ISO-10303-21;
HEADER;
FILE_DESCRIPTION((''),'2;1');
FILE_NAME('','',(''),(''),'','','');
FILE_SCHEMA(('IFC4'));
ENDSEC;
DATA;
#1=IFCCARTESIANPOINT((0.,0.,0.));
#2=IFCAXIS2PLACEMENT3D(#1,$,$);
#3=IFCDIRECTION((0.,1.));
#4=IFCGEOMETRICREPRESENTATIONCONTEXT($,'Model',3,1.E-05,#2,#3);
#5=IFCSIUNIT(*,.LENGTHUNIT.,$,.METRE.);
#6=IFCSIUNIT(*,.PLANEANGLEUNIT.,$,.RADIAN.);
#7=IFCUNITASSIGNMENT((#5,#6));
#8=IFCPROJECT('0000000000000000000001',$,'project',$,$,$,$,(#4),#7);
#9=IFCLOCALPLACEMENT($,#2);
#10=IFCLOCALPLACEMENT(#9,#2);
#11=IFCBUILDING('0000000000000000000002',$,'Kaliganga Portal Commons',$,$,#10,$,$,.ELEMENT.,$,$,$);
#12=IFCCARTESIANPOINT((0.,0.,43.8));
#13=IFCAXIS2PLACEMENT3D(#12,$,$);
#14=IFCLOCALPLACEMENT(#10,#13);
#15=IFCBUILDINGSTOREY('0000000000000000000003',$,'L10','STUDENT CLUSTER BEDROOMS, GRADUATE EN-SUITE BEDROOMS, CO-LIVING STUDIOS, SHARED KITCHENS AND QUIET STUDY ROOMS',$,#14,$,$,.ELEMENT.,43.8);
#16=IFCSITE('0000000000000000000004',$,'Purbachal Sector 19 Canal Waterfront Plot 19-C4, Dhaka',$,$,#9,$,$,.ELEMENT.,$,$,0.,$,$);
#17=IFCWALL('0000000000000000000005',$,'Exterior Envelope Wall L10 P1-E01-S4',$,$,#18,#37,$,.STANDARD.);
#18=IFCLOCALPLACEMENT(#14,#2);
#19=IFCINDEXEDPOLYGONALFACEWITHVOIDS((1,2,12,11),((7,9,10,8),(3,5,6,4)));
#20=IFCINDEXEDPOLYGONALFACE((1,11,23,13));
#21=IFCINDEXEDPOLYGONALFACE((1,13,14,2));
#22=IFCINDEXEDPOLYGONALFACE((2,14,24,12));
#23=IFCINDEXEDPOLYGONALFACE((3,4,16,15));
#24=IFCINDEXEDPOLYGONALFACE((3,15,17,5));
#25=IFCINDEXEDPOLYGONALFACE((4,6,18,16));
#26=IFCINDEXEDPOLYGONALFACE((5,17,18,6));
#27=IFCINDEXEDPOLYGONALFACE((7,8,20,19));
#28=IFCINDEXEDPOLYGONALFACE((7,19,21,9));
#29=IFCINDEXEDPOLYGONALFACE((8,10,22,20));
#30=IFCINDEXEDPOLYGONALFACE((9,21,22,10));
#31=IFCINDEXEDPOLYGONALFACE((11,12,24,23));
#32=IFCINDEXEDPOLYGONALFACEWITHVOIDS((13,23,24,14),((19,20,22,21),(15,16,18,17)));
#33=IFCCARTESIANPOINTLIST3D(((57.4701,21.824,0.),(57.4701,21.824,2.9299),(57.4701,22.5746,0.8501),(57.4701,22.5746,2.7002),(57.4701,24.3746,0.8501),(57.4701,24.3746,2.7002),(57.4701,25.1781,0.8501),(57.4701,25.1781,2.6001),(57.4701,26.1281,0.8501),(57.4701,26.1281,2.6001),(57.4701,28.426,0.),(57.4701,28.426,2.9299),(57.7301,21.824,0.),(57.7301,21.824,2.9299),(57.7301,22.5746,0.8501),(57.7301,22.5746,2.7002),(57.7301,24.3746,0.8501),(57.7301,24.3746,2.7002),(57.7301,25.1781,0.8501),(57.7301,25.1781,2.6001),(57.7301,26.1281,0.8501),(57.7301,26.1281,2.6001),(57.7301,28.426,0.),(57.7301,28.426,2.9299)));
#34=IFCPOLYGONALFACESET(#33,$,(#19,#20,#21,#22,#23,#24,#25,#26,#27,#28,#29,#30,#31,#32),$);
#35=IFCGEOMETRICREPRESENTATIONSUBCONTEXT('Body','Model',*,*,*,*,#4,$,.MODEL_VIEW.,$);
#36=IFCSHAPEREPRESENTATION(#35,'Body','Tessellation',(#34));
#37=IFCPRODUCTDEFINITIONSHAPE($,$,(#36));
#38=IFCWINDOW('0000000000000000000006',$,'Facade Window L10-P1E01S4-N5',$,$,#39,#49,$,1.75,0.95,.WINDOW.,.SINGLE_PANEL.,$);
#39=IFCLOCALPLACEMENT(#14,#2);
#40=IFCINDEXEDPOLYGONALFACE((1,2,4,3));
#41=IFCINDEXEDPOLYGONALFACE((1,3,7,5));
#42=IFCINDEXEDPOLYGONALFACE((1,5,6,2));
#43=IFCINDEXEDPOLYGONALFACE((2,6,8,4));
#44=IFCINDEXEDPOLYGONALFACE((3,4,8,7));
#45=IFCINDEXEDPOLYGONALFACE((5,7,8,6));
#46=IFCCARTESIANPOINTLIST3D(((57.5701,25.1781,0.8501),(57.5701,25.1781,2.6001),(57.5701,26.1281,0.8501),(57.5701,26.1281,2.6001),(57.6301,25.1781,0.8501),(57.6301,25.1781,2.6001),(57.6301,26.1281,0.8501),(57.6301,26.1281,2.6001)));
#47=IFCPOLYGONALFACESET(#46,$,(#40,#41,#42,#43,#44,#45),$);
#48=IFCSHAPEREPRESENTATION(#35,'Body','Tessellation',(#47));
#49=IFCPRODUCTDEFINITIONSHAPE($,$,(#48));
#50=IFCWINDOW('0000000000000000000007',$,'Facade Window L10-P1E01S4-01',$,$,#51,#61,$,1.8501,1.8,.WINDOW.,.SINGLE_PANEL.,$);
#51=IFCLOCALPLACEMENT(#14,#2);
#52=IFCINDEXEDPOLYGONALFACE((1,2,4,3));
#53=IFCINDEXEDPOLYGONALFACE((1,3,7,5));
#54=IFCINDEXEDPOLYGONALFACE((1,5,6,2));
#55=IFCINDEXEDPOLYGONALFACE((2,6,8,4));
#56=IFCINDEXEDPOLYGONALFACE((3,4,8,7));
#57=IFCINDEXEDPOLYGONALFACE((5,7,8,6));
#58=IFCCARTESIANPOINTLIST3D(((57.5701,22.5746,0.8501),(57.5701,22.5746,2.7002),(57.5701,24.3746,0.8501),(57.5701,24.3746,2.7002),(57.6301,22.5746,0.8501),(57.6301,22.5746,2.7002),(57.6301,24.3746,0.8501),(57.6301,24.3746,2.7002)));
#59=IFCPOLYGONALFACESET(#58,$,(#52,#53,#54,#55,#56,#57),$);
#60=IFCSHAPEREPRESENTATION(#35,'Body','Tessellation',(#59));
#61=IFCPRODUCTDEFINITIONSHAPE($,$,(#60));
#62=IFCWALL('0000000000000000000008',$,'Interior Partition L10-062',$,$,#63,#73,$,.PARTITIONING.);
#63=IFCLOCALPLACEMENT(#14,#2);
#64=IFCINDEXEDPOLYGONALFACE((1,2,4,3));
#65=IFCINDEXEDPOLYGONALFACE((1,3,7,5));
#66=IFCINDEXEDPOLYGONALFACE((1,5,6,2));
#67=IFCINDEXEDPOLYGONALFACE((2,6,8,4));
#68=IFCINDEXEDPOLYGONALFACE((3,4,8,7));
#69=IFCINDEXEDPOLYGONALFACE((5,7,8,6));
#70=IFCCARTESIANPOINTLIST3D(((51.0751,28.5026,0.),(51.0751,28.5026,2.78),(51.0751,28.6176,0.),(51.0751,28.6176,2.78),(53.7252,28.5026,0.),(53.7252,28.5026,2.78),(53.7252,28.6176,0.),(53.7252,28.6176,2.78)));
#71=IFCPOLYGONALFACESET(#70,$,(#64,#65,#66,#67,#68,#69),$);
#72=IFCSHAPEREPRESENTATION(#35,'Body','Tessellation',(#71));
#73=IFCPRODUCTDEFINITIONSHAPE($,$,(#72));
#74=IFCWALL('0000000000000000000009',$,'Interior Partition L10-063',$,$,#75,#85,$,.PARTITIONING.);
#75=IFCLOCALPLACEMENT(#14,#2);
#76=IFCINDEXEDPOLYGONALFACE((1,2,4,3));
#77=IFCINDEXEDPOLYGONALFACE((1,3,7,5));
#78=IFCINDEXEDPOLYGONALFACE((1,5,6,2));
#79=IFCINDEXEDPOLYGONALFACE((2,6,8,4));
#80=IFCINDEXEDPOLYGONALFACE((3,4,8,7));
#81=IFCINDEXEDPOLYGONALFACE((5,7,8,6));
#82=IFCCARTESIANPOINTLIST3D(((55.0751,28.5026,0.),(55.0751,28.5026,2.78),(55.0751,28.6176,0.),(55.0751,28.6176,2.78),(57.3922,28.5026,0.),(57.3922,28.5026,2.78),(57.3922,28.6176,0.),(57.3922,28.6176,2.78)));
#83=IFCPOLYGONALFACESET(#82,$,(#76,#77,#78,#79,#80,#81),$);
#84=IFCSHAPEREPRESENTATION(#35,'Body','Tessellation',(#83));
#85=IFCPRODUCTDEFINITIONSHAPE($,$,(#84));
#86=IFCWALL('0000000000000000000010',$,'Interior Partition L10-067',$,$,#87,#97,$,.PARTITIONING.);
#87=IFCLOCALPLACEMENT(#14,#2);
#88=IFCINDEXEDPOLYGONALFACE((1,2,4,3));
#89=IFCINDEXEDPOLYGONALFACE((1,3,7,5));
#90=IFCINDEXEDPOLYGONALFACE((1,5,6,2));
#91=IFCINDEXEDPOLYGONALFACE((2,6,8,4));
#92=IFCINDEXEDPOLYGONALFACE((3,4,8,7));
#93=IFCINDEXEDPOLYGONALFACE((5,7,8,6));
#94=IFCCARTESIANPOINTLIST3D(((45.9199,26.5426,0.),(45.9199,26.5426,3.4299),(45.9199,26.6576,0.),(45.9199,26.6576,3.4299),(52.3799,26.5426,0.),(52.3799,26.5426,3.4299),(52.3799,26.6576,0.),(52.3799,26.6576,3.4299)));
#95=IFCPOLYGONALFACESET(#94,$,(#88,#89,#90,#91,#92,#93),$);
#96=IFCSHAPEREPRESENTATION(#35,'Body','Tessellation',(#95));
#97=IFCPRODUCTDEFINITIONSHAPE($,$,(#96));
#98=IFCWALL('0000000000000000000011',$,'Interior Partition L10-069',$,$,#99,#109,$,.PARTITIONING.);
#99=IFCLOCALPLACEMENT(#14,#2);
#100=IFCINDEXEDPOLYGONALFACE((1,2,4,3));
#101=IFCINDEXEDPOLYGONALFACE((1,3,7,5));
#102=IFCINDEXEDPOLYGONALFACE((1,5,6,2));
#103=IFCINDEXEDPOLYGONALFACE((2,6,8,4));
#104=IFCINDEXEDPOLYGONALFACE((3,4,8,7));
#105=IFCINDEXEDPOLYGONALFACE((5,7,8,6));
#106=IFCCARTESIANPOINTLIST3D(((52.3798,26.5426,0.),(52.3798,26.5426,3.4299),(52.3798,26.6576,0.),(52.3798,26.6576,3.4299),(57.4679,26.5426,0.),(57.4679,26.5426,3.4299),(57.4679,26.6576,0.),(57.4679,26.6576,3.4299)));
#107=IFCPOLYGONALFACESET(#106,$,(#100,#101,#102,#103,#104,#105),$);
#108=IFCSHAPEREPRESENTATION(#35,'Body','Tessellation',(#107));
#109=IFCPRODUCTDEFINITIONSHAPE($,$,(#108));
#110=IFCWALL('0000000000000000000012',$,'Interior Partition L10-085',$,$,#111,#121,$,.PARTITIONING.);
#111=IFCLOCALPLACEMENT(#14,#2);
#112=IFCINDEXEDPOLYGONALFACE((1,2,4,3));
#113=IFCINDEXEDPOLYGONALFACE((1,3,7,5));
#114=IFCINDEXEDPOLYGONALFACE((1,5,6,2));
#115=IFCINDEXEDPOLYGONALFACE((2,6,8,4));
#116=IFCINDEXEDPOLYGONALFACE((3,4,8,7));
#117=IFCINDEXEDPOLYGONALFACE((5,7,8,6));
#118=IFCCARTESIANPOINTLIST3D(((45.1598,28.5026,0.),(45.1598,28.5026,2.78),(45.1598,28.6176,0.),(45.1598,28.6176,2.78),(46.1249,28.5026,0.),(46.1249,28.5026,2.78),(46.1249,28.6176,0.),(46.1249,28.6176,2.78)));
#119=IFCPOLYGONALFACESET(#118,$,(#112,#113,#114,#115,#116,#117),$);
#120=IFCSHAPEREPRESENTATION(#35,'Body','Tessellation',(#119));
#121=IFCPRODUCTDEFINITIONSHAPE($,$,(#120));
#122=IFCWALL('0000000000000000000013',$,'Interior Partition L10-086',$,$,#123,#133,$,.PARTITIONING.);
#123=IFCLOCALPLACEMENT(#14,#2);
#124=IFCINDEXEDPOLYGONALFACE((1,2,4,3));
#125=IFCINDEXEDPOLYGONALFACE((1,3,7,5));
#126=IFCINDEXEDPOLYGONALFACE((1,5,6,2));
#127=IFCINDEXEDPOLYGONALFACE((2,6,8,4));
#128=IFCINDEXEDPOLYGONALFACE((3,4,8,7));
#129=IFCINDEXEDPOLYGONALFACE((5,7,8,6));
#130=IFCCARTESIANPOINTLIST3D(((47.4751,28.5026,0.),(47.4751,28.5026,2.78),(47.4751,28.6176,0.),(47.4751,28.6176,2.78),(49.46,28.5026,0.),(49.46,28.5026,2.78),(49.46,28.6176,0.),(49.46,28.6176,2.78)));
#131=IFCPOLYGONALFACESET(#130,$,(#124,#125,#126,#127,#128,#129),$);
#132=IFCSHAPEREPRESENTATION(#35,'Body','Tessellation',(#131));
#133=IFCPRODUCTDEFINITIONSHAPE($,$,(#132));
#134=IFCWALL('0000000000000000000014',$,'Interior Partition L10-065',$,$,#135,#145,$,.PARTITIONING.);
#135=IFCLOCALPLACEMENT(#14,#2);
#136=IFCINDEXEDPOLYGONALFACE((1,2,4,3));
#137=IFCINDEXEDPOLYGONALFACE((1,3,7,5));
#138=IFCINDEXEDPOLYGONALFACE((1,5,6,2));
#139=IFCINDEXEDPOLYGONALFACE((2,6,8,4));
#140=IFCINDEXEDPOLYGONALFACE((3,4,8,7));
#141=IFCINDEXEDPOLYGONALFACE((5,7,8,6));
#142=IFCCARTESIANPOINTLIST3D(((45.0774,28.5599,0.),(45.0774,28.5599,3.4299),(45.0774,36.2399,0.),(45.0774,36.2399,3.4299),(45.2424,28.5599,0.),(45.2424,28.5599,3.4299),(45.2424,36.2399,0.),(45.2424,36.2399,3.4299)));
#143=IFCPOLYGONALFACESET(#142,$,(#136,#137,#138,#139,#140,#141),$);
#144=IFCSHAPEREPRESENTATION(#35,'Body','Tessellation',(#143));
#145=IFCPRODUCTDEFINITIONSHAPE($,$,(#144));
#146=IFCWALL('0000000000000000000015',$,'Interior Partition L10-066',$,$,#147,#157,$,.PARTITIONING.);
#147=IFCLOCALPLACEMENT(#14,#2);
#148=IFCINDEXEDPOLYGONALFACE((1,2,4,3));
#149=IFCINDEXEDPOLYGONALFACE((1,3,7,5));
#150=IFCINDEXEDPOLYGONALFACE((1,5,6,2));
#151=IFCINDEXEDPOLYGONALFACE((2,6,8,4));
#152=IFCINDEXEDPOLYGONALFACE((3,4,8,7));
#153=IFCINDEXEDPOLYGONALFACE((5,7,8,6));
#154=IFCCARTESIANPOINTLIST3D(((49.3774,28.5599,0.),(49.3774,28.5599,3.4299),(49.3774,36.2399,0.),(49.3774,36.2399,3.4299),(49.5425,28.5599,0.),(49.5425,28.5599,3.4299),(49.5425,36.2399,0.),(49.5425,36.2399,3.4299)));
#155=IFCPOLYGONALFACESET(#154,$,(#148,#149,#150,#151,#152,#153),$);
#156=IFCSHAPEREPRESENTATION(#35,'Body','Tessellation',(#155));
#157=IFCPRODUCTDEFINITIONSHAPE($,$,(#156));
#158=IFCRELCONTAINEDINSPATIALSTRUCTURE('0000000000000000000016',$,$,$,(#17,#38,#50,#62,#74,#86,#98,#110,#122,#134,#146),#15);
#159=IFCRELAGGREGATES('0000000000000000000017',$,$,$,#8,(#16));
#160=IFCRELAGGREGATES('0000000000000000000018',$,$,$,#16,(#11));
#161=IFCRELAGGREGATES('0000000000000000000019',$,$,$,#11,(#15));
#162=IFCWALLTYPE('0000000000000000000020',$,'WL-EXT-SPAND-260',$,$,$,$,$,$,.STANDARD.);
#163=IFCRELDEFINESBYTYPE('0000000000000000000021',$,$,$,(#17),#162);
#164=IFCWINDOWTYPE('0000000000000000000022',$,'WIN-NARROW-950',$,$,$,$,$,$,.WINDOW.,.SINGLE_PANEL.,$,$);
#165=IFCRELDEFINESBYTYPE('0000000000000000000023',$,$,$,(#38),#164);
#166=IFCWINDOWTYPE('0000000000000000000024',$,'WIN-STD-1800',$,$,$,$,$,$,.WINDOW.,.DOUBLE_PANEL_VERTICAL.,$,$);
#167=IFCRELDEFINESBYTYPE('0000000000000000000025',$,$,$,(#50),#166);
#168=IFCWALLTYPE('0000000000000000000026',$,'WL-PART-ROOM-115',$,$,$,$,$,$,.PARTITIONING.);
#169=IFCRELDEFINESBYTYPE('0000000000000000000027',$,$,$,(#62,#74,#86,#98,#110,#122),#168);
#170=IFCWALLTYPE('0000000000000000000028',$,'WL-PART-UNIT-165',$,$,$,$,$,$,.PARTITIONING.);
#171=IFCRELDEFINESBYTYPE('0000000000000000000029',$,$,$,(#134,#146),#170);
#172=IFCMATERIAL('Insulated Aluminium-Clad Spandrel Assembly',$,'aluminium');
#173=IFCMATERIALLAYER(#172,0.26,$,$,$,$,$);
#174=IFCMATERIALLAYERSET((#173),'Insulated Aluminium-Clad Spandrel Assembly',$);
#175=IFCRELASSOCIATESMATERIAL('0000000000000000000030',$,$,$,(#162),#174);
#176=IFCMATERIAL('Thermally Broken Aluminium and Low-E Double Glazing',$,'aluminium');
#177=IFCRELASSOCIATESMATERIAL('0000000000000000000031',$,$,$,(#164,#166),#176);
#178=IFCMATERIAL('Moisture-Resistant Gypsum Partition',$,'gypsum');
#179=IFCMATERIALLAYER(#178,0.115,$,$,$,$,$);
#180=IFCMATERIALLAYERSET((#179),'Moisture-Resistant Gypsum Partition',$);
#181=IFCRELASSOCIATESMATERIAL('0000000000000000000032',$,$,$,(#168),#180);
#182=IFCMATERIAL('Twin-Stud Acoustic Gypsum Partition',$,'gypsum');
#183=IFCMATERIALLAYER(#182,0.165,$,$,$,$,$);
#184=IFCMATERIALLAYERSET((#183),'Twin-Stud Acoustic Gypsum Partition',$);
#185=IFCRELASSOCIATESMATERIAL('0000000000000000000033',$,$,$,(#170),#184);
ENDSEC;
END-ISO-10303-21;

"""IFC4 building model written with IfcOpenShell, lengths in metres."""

from ifc_helpers import new_model, si_unit, direction, frame, frame_2d, origin, place, context, subcontext, project, spatial, rectangle, extrude, material, layer, layer_set, type_object, element, fill, save


model = new_model("IFC4")

# Units and contexts
model_context = context("Model", 3, precision=1e-05, world=origin(), true_north=direction((0.0, 1.0)))
body_context = subcontext(model_context, "Body", "Model", "MODEL_VIEW")
ifc_project = project(units=[si_unit("LENGTHUNIT", "METRE"), si_unit("PLANEANGLEUNIT", "RADIAN")], contexts=[model_context])

# Site, building, storey
site_placement = place(None, origin())
site = spatial("IfcSite", under=ifc_project, at=site_placement, Name="Purbachal Sector 19 Canal Waterfront Plot 19-C4, Dhaka", CompositionType="ELEMENT", RefElevation=0.0)
building_placement = place(site_placement, origin())
building = spatial("IfcBuilding", under=site, at=building_placement, Name="Kaliganga Portal Commons", CompositionType="ELEMENT")
storey_placement = place(building_placement, frame((0.0, 0.0, 43.8)))
storey = spatial("IfcBuildingStorey", under=building, at=storey_placement, Name="L10", Description="STUDENT CLUSTER BEDROOMS, GRADUATE EN-SUITE BEDROOMS, CO-LIVING STUDIOS, SHARED KITCHENS AND QUIET STUDY ROOMS", CompositionType="ELEMENT", Elevation=43.8)

# Wall, openings, windows
ifc_material_1 = material(Name="Insulated Aluminium-Clad Spandrel Assembly", Category="aluminium")
ifc_layer_1 = layer(ifc_material_1, 0.26)
ifc_layer_set_1 = layer_set([ifc_layer_1], Name="Insulated Aluminium-Clad Spandrel Assembly")
wall_type_1 = type_object("IfcWallType", Name="WL-EXT-SPAND-260", PredefinedType="STANDARD", material=ifc_layer_set_1)
wall_1_placement = place(storey_placement, frame((57.6001, 28.426, 0.0), z_axis=(0.0, 0.0, 1.0), x_axis=(0.0, -1.0, 0.0)))
wall_1 = element("IfcWall", 1, at=wall_1_placement, inside=storey, type_object=wall_type_1, Name="Exterior Envelope Wall L10 P1-E01-S4", PredefinedType="STANDARD", context=body_context, shape_type="SweptSolid", body=[
    extrude(rectangle(XDim=6.6021, YDim=0.26, at=frame_2d((3.301, 0.0))), origin(), (0.0, 0.0, 1.0), 2.9299),
])
opening_1_placement = place(wall_1_placement, frame((4.0515, 0.0, 0.8501)))
opening_1 = element("IfcOpeningElement", 2, at=opening_1_placement, cuts=wall_1, PredefinedType="OPENING", context=body_context, shape_type="SweptSolid", body=[
    extrude(rectangle(XDim=1.8, YDim=1.8501, at=frame_2d((0.8999, 0.925))), frame((0.0, 0.1401, 0.0), z_axis=(0.0, -1.0, 0.0), x_axis=(1.0, 0.0, 0.0)), (0.0, 0.0, 1.0), 0.28),
])
opening_2_placement = place(wall_1_placement, frame((2.2979, 0.0, 0.8501)))
opening_2 = element("IfcOpeningElement", 3, at=opening_2_placement, cuts=wall_1, PredefinedType="OPENING", context=body_context, shape_type="SweptSolid", body=[
    extrude(rectangle(XDim=0.95, YDim=1.75, at=frame_2d((0.4751, 0.875))), frame((0.0, 0.1401, 0.0), z_axis=(0.0, -1.0, 0.0), x_axis=(1.0, 0.0, 0.0)), (0.0, 0.0, 1.0), 0.28),
])
ifc_material_2 = material(Name="Thermally Broken Aluminium and Low-E Double Glazing", Category="aluminium")
window_type_1 = type_object("IfcWindowType", Name="WIN-NARROW-950", PartitioningType="SINGLE_PANEL", PredefinedType="WINDOW", material=ifc_material_2)
window_1_placement = place(opening_2_placement, origin())
window_1 = element("IfcWindow", 4, at=window_1_placement, inside=storey, type_object=window_type_1, Name="Facade Window L10-P1E01S4-N5", OverallHeight=1.75, OverallWidth=0.95, PartitioningType="SINGLE_PANEL", PredefinedType="WINDOW", context=body_context, shape_type="SweptSolid", body=[
    extrude(rectangle(XDim=0.95, YDim=1.75, at=frame_2d((0.4751, 0.875))), frame((0.0, 0.03, 0.0), z_axis=(0.0, -1.0, 0.0), x_axis=(1.0, 0.0, 0.0)), (0.0, 0.0, 1.0), 0.0601),
])
fill(opening_2, window_1)
window_type_2 = type_object("IfcWindowType", Name="WIN-STD-1800", PartitioningType="DOUBLE_PANEL_VERTICAL", PredefinedType="WINDOW", material=ifc_material_2)
window_2_placement = place(opening_1_placement, origin())
window_2 = element("IfcWindow", 5, at=window_2_placement, inside=storey, type_object=window_type_2, Name="Facade Window L10-P1E01S4-01", OverallHeight=1.8501, OverallWidth=1.8, PartitioningType="SINGLE_PANEL", PredefinedType="WINDOW", context=body_context, shape_type="SweptSolid", body=[
    extrude(rectangle(XDim=1.8, YDim=1.8501, at=frame_2d((0.8999, 0.925))), frame((0.0, 0.03, 0.0), z_axis=(0.0, -1.0, 0.0), x_axis=(1.0, 0.0, 0.0)), (0.0, 0.0, 1.0), 0.0601),
])
fill(opening_1, window_2)

# Walls
ifc_material_3 = material(Name="Moisture-Resistant Gypsum Partition", Category="gypsum")
ifc_layer_2 = layer(ifc_material_3, 0.115)
ifc_layer_set_2 = layer_set([ifc_layer_2], Name="Moisture-Resistant Gypsum Partition")
wall_type_2 = type_object("IfcWallType", Name="WL-PART-ROOM-115", PredefinedType="PARTITIONING", material=ifc_layer_set_2)
wall_2_placement = place(storey_placement, frame((51.075, 28.5601, 0.0), z_axis=(0.0, 0.0, 1.0), x_axis=(1.0, 0.0, 0.0)))
element("IfcWall", 6, at=wall_2_placement, inside=storey, type_object=wall_type_2, Name="Interior Partition L10-062", PredefinedType="PARTITIONING", context=body_context, shape_type="SweptSolid", body=[
    extrude(rectangle(XDim=2.6501, YDim=0.115, at=frame_2d((1.3252, 0.0))), origin(), (0.0, 0.0, 1.0), 2.78),
])
wall_3_placement = place(storey_placement, frame((55.075, 28.5601, 0.0), z_axis=(0.0, 0.0, 1.0), x_axis=(1.0, 0.0, 0.0)))
element("IfcWall", 7, at=wall_3_placement, inside=storey, type_object=wall_type_2, Name="Interior Partition L10-063", PredefinedType="PARTITIONING", context=body_context, shape_type="SweptSolid", body=[
    extrude(rectangle(XDim=2.3171, YDim=0.115, at=frame_2d((1.1587, 0.0))), origin(), (0.0, 0.0, 1.0), 2.78),
])
wall_4_placement = place(storey_placement, frame((45.9199, 26.6001, 0.0), z_axis=(0.0, 0.0, 1.0), x_axis=(1.0, 0.0, 0.0)))
element("IfcWall", 8, at=wall_4_placement, inside=storey, type_object=wall_type_2, Name="Interior Partition L10-067", PredefinedType="PARTITIONING", context=body_context, shape_type="SweptSolid", body=[
    extrude(rectangle(XDim=6.46, YDim=0.115, at=frame_2d((3.23, 0.0))), origin(), (0.0, 0.0, 1.0), 3.4299),
])
wall_5_placement = place(storey_placement, frame((52.3799, 26.6001, 0.0), z_axis=(0.0, 0.0, 1.0), x_axis=(1.0, 0.0, 0.0)))
element("IfcWall", 9, at=wall_5_placement, inside=storey, type_object=wall_type_2, Name="Interior Partition L10-069", PredefinedType="PARTITIONING", context=body_context, shape_type="SweptSolid", body=[
    extrude(rectangle(XDim=5.0881, YDim=0.115, at=frame_2d((2.5439, 0.0))), origin(), (0.0, 0.0, 1.0), 3.4299),
])
wall_6_placement = place(storey_placement, frame((45.1599, 28.5601, 0.0), z_axis=(0.0, 0.0, 1.0), x_axis=(1.0, 0.0, 0.0)))
element("IfcWall", 10, at=wall_6_placement, inside=storey, type_object=wall_type_2, Name="Interior Partition L10-085", PredefinedType="PARTITIONING", context=body_context, shape_type="SweptSolid", body=[
    extrude(rectangle(XDim=0.9651, YDim=0.115, at=frame_2d((0.4824, 0.0))), origin(), (0.0, 0.0, 1.0), 2.78),
])
wall_7_placement = place(storey_placement, frame((47.4751, 28.5601, 0.0), z_axis=(0.0, 0.0, 1.0), x_axis=(1.0, 0.0, 0.0)))
element("IfcWall", 11, at=wall_7_placement, inside=storey, type_object=wall_type_2, Name="Interior Partition L10-086", PredefinedType="PARTITIONING", context=body_context, shape_type="SweptSolid", body=[
    extrude(rectangle(XDim=1.9849, YDim=0.115, at=frame_2d((0.9924, 0.0))), origin(), (0.0, 0.0, 1.0), 2.78),
])
ifc_material_4 = material(Name="Twin-Stud Acoustic Gypsum Partition", Category="gypsum")
ifc_layer_3 = layer(ifc_material_4, 0.165)
ifc_layer_set_3 = layer_set([ifc_layer_3], Name="Twin-Stud Acoustic Gypsum Partition")
wall_type_3 = type_object("IfcWallType", Name="WL-PART-UNIT-165", PredefinedType="PARTITIONING", material=ifc_layer_set_3)
for number, where, z_axis, x_axis, name in (
    (12, (45.1599, 28.5601, 0.0), (0.0, 0.0, 1.0), (0.0, 1.0, 0.0), "Interior Partition L10-065"),
    (13, (49.46, 28.5601, 0.0), (0.0, 0.0, 1.0), (0.0, 1.0, 0.0), "Interior Partition L10-066"),
):
    element("IfcWall", number, at=place(storey_placement, frame(where, z_axis=z_axis, x_axis=x_axis)), inside=storey, type_object=wall_type_3, Name=name, PredefinedType="PARTITIONING", context=body_context, shape_type="SweptSolid", body=[
        extrude(rectangle(XDim=7.6799, YDim=0.165, at=frame_2d((3.8398, 0.0))), origin(), (0.0, 0.0, 1.0), 3.4299),
    ])

save(model, "model.ifc")
